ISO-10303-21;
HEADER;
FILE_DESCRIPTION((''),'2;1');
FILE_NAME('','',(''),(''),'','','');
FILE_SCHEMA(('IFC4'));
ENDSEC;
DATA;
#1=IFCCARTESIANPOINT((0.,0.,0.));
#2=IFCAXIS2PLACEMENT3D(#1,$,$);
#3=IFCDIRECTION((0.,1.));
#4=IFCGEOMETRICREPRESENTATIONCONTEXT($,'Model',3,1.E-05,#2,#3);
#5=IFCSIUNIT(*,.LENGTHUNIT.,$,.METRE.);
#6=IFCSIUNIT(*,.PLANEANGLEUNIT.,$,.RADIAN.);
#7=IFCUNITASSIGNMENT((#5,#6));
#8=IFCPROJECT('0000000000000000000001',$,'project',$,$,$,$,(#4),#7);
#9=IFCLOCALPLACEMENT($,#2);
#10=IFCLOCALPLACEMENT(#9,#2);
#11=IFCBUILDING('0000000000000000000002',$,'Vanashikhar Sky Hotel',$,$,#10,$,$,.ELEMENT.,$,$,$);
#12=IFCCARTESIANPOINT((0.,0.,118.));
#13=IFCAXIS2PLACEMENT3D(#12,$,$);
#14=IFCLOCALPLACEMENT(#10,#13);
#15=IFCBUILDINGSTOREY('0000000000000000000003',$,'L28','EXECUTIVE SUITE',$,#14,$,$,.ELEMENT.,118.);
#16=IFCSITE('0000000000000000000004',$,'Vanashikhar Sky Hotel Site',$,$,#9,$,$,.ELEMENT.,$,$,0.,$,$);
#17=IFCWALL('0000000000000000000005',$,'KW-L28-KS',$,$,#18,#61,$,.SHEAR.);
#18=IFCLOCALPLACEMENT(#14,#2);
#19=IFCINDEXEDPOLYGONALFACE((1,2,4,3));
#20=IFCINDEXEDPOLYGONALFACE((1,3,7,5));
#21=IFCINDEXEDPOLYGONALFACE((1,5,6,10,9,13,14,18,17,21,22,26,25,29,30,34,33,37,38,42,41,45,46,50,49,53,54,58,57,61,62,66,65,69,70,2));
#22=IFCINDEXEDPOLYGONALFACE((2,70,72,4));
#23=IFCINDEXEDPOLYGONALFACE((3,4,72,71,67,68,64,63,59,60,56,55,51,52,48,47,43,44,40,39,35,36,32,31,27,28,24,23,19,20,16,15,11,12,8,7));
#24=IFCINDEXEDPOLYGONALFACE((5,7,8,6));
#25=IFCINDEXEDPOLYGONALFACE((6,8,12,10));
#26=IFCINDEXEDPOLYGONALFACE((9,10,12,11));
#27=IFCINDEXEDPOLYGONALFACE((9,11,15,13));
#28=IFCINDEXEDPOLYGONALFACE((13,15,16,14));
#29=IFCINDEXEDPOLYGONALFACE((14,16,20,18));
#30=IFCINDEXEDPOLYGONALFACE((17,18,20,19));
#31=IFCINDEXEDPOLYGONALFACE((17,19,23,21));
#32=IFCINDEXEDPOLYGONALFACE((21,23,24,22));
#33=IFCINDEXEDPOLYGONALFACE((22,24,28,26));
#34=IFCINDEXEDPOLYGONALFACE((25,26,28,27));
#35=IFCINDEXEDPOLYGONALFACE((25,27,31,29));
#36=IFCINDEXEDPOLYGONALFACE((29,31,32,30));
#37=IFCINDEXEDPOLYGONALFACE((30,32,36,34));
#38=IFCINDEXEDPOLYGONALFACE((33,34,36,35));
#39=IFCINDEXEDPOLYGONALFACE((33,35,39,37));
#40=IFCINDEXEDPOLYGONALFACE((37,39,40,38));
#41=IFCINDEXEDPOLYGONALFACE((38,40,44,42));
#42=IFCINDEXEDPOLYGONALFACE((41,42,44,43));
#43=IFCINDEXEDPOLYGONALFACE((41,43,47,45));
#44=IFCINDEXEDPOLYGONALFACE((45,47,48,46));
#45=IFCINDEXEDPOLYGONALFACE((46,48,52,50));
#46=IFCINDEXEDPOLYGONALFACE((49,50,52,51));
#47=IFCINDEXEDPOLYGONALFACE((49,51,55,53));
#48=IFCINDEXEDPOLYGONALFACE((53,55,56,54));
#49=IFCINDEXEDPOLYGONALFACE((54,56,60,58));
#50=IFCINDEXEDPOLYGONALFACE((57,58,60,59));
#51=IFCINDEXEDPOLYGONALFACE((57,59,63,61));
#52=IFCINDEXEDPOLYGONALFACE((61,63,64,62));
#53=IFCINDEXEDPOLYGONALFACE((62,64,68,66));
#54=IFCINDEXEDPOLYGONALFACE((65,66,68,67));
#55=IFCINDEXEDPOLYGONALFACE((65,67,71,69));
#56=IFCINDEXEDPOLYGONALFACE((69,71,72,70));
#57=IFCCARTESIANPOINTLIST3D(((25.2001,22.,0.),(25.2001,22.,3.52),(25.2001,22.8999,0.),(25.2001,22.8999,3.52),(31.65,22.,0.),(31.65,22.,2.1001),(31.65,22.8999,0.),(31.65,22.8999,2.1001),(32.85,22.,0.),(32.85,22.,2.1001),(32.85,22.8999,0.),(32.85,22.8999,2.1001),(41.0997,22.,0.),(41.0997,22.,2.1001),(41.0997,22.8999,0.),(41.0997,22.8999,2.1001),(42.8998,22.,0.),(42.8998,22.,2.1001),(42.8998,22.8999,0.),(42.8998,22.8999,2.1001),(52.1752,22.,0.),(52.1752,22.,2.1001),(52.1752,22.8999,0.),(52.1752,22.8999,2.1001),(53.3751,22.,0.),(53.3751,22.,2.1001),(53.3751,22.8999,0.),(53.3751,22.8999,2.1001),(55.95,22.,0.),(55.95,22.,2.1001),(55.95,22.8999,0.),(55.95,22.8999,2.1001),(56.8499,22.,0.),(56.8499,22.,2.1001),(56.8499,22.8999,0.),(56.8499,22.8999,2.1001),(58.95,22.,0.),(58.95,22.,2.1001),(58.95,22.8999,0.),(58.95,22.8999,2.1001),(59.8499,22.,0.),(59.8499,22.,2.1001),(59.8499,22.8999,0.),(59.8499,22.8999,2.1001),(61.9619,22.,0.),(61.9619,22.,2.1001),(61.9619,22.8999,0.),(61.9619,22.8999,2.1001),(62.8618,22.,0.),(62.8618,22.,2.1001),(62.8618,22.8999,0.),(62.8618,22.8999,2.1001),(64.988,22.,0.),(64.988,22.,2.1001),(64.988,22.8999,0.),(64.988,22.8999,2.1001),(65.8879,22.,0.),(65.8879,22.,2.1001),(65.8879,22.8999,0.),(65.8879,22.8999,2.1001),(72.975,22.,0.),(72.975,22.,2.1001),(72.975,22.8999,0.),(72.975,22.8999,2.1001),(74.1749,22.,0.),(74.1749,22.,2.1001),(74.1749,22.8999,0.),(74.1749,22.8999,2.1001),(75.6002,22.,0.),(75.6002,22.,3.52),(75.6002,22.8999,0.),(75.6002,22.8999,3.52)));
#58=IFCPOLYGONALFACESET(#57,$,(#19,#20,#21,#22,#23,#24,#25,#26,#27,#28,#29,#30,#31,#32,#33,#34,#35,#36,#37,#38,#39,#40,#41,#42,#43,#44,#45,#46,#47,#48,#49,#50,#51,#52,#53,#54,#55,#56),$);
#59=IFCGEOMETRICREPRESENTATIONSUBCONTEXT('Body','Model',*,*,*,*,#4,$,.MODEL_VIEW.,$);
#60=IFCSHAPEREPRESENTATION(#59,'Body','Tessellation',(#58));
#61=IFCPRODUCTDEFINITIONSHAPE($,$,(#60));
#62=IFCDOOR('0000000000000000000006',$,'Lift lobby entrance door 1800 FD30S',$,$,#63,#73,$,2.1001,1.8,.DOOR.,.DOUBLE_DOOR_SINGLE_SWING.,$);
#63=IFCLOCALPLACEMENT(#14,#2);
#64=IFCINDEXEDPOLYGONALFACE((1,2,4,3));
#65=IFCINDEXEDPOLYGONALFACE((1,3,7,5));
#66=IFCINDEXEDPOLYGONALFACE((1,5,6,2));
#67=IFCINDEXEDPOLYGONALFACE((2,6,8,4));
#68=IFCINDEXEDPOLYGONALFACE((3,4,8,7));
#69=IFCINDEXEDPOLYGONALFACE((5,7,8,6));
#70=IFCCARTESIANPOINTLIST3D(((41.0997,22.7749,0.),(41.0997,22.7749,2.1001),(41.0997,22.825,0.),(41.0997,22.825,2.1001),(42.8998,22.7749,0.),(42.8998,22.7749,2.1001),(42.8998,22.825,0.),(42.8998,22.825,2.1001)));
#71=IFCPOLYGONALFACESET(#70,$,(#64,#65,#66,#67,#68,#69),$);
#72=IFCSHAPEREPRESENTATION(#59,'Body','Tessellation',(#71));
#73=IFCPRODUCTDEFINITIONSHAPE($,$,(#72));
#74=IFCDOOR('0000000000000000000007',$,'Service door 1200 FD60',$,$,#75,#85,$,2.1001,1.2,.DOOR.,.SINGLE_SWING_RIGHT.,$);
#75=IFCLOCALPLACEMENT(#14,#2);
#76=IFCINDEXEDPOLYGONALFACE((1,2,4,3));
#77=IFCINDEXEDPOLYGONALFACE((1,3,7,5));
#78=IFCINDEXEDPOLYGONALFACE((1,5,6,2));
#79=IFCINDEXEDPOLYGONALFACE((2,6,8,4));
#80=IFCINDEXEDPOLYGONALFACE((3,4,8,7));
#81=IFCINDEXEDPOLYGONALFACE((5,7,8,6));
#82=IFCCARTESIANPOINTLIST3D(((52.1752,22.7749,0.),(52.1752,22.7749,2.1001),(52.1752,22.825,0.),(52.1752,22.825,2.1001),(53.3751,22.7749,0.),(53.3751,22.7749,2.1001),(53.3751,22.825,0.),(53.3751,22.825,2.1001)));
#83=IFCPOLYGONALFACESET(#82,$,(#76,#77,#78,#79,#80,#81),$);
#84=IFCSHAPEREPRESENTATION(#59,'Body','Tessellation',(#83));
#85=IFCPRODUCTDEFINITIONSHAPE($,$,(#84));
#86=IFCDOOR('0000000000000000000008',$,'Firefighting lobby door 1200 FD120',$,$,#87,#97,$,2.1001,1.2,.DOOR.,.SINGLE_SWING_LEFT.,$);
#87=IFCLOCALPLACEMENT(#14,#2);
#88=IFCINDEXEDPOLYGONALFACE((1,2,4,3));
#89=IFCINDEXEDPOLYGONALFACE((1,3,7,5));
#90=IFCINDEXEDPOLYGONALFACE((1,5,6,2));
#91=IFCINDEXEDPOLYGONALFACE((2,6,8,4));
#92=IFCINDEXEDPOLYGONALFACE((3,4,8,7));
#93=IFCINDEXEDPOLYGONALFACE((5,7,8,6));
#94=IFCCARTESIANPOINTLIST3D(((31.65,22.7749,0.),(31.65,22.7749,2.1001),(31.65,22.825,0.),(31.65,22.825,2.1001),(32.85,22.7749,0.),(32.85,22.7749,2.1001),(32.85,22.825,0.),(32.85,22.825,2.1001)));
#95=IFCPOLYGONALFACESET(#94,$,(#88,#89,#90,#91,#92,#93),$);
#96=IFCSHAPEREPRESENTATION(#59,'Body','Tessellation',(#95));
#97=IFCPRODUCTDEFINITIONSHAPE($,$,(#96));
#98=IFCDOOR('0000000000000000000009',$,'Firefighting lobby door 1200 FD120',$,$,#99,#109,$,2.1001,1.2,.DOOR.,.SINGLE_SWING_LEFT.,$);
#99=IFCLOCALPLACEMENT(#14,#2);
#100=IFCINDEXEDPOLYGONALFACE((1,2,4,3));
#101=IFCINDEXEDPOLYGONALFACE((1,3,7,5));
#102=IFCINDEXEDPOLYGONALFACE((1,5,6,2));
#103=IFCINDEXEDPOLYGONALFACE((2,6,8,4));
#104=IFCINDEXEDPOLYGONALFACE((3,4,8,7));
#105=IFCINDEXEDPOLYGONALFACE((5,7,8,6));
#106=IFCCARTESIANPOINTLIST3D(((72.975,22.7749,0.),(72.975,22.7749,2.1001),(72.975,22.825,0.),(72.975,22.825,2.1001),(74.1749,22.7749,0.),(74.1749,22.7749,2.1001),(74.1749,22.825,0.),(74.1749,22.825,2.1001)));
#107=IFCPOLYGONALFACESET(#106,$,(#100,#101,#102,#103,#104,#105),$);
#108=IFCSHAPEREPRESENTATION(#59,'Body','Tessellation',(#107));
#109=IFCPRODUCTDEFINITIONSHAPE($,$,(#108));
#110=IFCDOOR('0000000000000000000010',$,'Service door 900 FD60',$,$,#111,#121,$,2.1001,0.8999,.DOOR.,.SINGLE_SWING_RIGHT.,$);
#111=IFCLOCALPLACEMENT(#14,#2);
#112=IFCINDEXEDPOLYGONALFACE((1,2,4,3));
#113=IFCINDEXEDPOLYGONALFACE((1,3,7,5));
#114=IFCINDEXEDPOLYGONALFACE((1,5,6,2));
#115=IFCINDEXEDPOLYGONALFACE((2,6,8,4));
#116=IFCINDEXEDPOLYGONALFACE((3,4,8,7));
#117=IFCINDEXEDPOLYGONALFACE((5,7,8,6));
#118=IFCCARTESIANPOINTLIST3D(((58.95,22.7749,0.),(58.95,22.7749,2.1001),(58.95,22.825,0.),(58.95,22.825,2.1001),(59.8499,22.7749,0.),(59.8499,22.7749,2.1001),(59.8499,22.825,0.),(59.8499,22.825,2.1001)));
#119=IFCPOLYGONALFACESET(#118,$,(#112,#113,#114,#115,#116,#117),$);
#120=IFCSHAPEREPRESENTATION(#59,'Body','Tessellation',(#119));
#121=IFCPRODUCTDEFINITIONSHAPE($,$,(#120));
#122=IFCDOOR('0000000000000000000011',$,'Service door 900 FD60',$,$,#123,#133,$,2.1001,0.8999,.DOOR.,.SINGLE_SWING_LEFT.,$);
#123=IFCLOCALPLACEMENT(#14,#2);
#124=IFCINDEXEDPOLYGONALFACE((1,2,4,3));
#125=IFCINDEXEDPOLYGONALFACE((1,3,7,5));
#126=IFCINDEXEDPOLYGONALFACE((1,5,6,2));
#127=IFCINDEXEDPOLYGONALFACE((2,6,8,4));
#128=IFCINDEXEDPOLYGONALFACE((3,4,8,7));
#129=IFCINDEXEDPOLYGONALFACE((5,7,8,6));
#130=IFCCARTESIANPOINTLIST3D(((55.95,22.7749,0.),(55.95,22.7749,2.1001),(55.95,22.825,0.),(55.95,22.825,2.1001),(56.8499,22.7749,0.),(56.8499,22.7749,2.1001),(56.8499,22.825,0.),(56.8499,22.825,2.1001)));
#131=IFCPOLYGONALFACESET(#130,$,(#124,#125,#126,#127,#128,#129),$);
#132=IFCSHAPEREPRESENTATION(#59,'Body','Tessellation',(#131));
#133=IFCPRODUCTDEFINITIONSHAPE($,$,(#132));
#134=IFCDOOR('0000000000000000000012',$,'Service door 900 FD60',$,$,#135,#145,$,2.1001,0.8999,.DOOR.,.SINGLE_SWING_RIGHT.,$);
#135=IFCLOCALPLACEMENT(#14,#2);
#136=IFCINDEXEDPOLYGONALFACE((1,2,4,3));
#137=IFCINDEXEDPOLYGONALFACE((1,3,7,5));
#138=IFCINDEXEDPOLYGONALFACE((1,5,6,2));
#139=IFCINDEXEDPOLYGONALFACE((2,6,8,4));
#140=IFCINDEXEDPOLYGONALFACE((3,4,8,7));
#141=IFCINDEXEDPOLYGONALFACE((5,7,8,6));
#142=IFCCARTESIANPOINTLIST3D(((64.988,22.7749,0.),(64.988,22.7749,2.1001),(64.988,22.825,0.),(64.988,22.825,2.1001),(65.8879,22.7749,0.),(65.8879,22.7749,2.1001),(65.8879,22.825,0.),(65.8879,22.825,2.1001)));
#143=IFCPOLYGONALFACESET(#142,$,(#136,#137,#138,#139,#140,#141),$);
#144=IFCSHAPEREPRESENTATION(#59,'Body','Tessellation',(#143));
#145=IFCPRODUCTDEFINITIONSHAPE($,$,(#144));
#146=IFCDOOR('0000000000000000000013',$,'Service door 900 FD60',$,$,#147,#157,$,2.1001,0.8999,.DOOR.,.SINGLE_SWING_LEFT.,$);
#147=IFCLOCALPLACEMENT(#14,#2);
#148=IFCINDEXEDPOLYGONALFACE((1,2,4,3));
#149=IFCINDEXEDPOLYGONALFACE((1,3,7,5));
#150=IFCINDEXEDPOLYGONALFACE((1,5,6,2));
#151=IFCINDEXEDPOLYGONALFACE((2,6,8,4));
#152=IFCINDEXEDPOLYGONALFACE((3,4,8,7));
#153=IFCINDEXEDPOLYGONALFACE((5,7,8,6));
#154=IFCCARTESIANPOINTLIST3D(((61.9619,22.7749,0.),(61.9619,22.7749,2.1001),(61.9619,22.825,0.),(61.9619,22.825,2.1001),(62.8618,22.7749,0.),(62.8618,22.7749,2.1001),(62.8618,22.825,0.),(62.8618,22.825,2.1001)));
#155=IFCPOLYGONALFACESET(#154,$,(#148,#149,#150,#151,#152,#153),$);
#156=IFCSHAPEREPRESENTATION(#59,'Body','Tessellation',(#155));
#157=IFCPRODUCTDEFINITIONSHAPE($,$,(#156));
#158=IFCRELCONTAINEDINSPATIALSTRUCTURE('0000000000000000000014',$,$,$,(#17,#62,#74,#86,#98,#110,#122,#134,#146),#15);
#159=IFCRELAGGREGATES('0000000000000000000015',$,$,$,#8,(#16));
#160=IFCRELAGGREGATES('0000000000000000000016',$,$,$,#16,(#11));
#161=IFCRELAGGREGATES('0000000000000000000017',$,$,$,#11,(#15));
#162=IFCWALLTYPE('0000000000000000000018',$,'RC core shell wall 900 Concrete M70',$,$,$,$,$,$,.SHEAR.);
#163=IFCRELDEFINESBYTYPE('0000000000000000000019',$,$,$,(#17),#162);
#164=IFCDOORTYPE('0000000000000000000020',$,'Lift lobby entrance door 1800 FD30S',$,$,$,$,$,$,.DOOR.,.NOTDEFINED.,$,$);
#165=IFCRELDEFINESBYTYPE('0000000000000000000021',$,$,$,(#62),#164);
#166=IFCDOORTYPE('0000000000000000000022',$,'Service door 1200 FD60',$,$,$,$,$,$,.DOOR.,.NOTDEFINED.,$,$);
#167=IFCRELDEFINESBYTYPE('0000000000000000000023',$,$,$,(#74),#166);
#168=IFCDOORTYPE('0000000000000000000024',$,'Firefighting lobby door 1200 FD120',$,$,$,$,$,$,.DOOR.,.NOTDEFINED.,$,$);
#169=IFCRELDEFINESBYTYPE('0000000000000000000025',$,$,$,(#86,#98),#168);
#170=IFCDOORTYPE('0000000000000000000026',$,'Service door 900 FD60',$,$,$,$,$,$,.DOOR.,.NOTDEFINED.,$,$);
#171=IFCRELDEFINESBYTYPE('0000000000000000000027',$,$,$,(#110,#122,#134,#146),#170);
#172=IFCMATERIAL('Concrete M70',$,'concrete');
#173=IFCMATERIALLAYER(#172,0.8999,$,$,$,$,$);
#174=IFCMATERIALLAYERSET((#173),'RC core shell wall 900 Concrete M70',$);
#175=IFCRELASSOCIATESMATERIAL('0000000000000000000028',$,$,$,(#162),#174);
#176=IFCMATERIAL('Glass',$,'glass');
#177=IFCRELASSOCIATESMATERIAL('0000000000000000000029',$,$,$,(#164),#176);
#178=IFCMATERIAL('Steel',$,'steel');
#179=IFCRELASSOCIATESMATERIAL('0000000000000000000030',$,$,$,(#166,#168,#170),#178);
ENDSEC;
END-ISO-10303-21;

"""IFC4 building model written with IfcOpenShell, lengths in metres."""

from ifc_helpers import new_model, si_unit, direction, frame, frame_2d, origin, place, context, subcontext, project, spatial, rectangle, extrude, source, transform, mapped, material, layer, layer_set, type_object, element, fill, save


model = new_model("IFC4")

# Units and contexts
model_context = context("Model", 3, precision=1e-05, world=origin(), true_north=direction((0.0, 1.0)))
body_context = subcontext(model_context, "Body", "Model", "MODEL_VIEW")
ifc_project = project(units=[si_unit("LENGTHUNIT", "METRE"), si_unit("PLANEANGLEUNIT", "RADIAN")], contexts=[model_context])

# Site, building, storey
site_placement = place(None, origin())
site = spatial("IfcSite", under=ifc_project, at=site_placement, Name="Vanashikhar Sky Hotel Site", CompositionType="ELEMENT", RefElevation=0.0)
building_placement = place(site_placement, origin())
building = spatial("IfcBuilding", under=site, at=building_placement, Name="Vanashikhar Sky Hotel", CompositionType="ELEMENT")
storey_placement = place(building_placement, frame((0.0, 0.0, 118.0)))
storey = spatial("IfcBuildingStorey", under=building, at=storey_placement, Name="L28", Description="EXECUTIVE SUITE", CompositionType="ELEMENT", Elevation=118.0)

# Wall, openings, doors
ifc_material_1 = material(Name="Concrete M70", Category="concrete")
ifc_layer_1 = layer(ifc_material_1, 0.8999)
ifc_layer_set_1 = layer_set([ifc_layer_1], Name="RC core shell wall 900 Concrete M70")
wall_type_1 = type_object("IfcWallType", Name="RC core shell wall 900 Concrete M70", PredefinedType="SHEAR", material=ifc_layer_set_1)
shared_shape_1 = source(origin(), body_context, "Body", "SweptSolid", [
    extrude(rectangle(XDim=50.4001, YDim=0.8999, at=frame_2d((25.2002, 0.0))), origin(), (0.0, 0.0, 1.0), 3.52),
])
wall_1_placement = place(storey_placement, frame((25.2, 22.45, 0.0), z_axis=(0.0, 0.0, 1.0), x_axis=(1.0, 0.0, 0.0)))
wall_1 = element("IfcWall", 1, at=wall_1_placement, inside=storey, type_object=wall_type_1, Name="KW-L28-KS", PredefinedType="SHEAR", context=body_context, shape_type="MappedRepresentation", body=[
    mapped(shared_shape_1, transform((0.0, 0.0, 0.0), scale=1.0)),
])
shared_shape_2 = source(origin(), body_context, "Body", "SweptSolid", [
    extrude(rectangle(XDim=1.8, YDim=2.1001, at=frame_2d((0.8999, 1.05))), frame((0.0, 0.46, 0.0), z_axis=(0.0, -1.0, 0.0), x_axis=(1.0, 0.0, 0.0)), (0.0, 0.0, 1.0), 0.9199),
])
opening_1_placement = place(wall_1_placement, frame((15.8999, 0.0, 0.0)))
opening_1 = element("IfcOpeningElement", 2, at=opening_1_placement, cuts=wall_1, PredefinedType="OPENING", context=body_context, shape_type="MappedRepresentation", body=[
    mapped(shared_shape_2, transform((0.0, 0.0, 0.0), scale=1.0)),
])
shared_shape_3 = source(origin(), body_context, "Body", "SweptSolid", [
    extrude(rectangle(XDim=1.2, YDim=2.1001, at=frame_2d((0.6001, 1.05))), frame((0.0, 0.46, 0.0), z_axis=(0.0, -1.0, 0.0), x_axis=(1.0, 0.0, 0.0)), (0.0, 0.0, 1.0), 0.9199),
])
opening_2_placement = place(wall_1_placement, frame((26.9751, 0.0, 0.0)))
opening_2 = element("IfcOpeningElement", 3, at=opening_2_placement, cuts=wall_1, PredefinedType="OPENING", context=body_context, shape_type="MappedRepresentation", body=[
    mapped(shared_shape_3, transform((0.0, 0.0, 0.0), scale=1.0)),
])
shared_shape_4 = source(origin(), body_context, "Body", "SweptSolid", [
    extrude(rectangle(XDim=0.8999, YDim=2.1001, at=frame_2d((0.45, 1.05))), frame((0.0, 0.46, 0.0), z_axis=(0.0, -1.0, 0.0), x_axis=(1.0, 0.0, 0.0)), (0.0, 0.0, 1.0), 0.9199),
])
opening_3_placement = place(wall_1_placement, frame((33.75, 0.0, 0.0)))
opening_3 = element("IfcOpeningElement", 4, at=opening_3_placement, cuts=wall_1, PredefinedType="OPENING", context=body_context, shape_type="MappedRepresentation", body=[
    mapped(shared_shape_4, transform((0.0, 0.0, 0.0), scale=1.0)),
])
opening_4_placement = place(wall_1_placement, frame((30.75, 0.0, 0.0)))
opening_4 = element("IfcOpeningElement", 5, at=opening_4_placement, cuts=wall_1, PredefinedType="OPENING", context=body_context, shape_type="MappedRepresentation", body=[
    mapped(shared_shape_4, transform((0.0, 0.0, 0.0), scale=1.0)),
])
opening_5_placement = place(wall_1_placement, frame((39.7881, 0.0, 0.0)))
opening_5 = element("IfcOpeningElement", 6, at=opening_5_placement, cuts=wall_1, PredefinedType="OPENING", context=body_context, shape_type="MappedRepresentation", body=[
    mapped(shared_shape_4, transform((0.0, 0.0, 0.0), scale=1.0)),
])
opening_6_placement = place(wall_1_placement, frame((36.762, 0.0, 0.0)))
opening_6 = element("IfcOpeningElement", 7, at=opening_6_placement, cuts=wall_1, PredefinedType="OPENING", context=body_context, shape_type="MappedRepresentation", body=[
    mapped(shared_shape_4, transform((0.0, 0.0, 0.0), scale=1.0)),
])
opening_7_placement = place(wall_1_placement, frame((6.45, 0.0, 0.0)))
opening_7 = element("IfcOpeningElement", 8, at=opening_7_placement, cuts=wall_1, PredefinedType="OPENING", context=body_context, shape_type="MappedRepresentation", body=[
    mapped(shared_shape_3, transform((0.0, 0.0, 0.0), scale=1.0)),
])
opening_8_placement = place(wall_1_placement, frame((47.7749, 0.0, 0.0)))
opening_8 = element("IfcOpeningElement", 9, at=opening_8_placement, cuts=wall_1, PredefinedType="OPENING", context=body_context, shape_type="MappedRepresentation", body=[
    mapped(shared_shape_3, transform((0.0, 0.0, 0.0), scale=1.0)),
])
ifc_material_2 = material(Name="Glass", Category="glass")
door_type_1 = type_object("IfcDoorType", Name="Lift lobby entrance door 1800 FD30S", OperationType="NOTDEFINED", PredefinedType="DOOR", material=ifc_material_2)
shared_shape_5 = source(origin(), body_context, "Body", "SweptSolid", [
    extrude(rectangle(XDim=1.8, YDim=2.1001, at=frame_2d((0.8999, 1.05))), frame((0.0, 0.375, 0.0), z_axis=(0.0, -1.0, 0.0), x_axis=(1.0, 0.0, 0.0)), (0.0, 0.0, 1.0), 0.05),
])
door_1_placement = place(opening_1_placement, origin())
door_1 = element("IfcDoor", 10, at=door_1_placement, inside=storey, type_object=door_type_1, Name="Lift lobby entrance door 1800 FD30S", OperationType="DOUBLE_DOOR_SINGLE_SWING", OverallHeight=2.1001, OverallWidth=1.8, PredefinedType="DOOR", context=body_context, shape_type="MappedRepresentation", body=[
    mapped(shared_shape_5, transform((0.0, 0.0, 0.0), scale=1.0)),
])
fill(opening_1, door_1)
ifc_material_3 = material(Name="Steel", Category="steel")
door_type_2 = type_object("IfcDoorType", Name="Service door 1200 FD60", OperationType="NOTDEFINED", PredefinedType="DOOR", material=ifc_material_3)
shared_shape_6 = source(origin(), body_context, "Body", "SweptSolid", [
    extrude(rectangle(XDim=1.2, YDim=2.1001, at=frame_2d((0.6001, 1.05))), frame((0.0, 0.375, 0.0), z_axis=(0.0, -1.0, 0.0), x_axis=(1.0, 0.0, 0.0)), (0.0, 0.0, 1.0), 0.05),
])
door_2_placement = place(opening_2_placement, origin())
door_2 = element("IfcDoor", 11, at=door_2_placement, inside=storey, type_object=door_type_2, Name="Service door 1200 FD60", OperationType="SINGLE_SWING_RIGHT", OverallHeight=2.1001, OverallWidth=1.2, PredefinedType="DOOR", context=body_context, shape_type="MappedRepresentation", body=[
    mapped(shared_shape_6, transform((0.0, 0.0, 0.0), scale=1.0)),
])
fill(opening_2, door_2)
door_type_3 = type_object("IfcDoorType", Name="Firefighting lobby door 1200 FD120", OperationType="NOTDEFINED", PredefinedType="DOOR", material=ifc_material_3)
door_3_placement = place(opening_7_placement, origin())
door_3 = element("IfcDoor", 12, at=door_3_placement, inside=storey, type_object=door_type_3, Name="Firefighting lobby door 1200 FD120", OperationType="SINGLE_SWING_LEFT", OverallHeight=2.1001, OverallWidth=1.2, PredefinedType="DOOR", context=body_context, shape_type="MappedRepresentation", body=[
    mapped(shared_shape_6, transform((0.0, 0.0, 0.0), scale=1.0)),
])
fill(opening_7, door_3)
door_4_placement = place(opening_8_placement, origin())
door_4 = element("IfcDoor", 13, at=door_4_placement, inside=storey, type_object=door_type_3, Name="Firefighting lobby door 1200 FD120", OperationType="SINGLE_SWING_LEFT", OverallHeight=2.1001, OverallWidth=1.2, PredefinedType="DOOR", context=body_context, shape_type="MappedRepresentation", body=[
    mapped(shared_shape_6, transform((0.0, 0.0, 0.0), scale=1.0)),
])
fill(opening_8, door_4)
door_type_4 = type_object("IfcDoorType", Name="Service door 900 FD60", OperationType="NOTDEFINED", PredefinedType="DOOR", material=ifc_material_3)
shared_shape_7 = source(origin(), body_context, "Body", "SweptSolid", [
    extrude(rectangle(XDim=0.8999, YDim=2.1001, at=frame_2d((0.45, 1.05))), frame((0.0, 0.375, 0.0), z_axis=(0.0, -1.0, 0.0), x_axis=(1.0, 0.0, 0.0)), (0.0, 0.0, 1.0), 0.05),
])
door_5_placement = place(opening_3_placement, origin())
door_5 = element("IfcDoor", 14, at=door_5_placement, inside=storey, type_object=door_type_4, Name="Service door 900 FD60", OperationType="SINGLE_SWING_RIGHT", OverallHeight=2.1001, OverallWidth=0.8999, PredefinedType="DOOR", context=body_context, shape_type="MappedRepresentation", body=[
    mapped(shared_shape_7, transform((0.0, 0.0, 0.0), scale=1.0)),
])
fill(opening_3, door_5)
door_6_placement = place(opening_4_placement, origin())
door_6 = element("IfcDoor", 15, at=door_6_placement, inside=storey, type_object=door_type_4, Name="Service door 900 FD60", OperationType="SINGLE_SWING_LEFT", OverallHeight=2.1001, OverallWidth=0.8999, PredefinedType="DOOR", context=body_context, shape_type="MappedRepresentation", body=[
    mapped(shared_shape_7, transform((0.0, 0.0, 0.0), scale=1.0)),
])
fill(opening_4, door_6)
door_7_placement = place(opening_5_placement, origin())
door_7 = element("IfcDoor", 16, at=door_7_placement, inside=storey, type_object=door_type_4, Name="Service door 900 FD60", OperationType="SINGLE_SWING_RIGHT", OverallHeight=2.1001, OverallWidth=0.8999, PredefinedType="DOOR", context=body_context, shape_type="MappedRepresentation", body=[
    mapped(shared_shape_7, transform((0.0, 0.0, 0.0), scale=1.0)),
])
fill(opening_5, door_7)
door_8_placement = place(opening_6_placement, origin())
door_8 = element("IfcDoor", 17, at=door_8_placement, inside=storey, type_object=door_type_4, Name="Service door 900 FD60", OperationType="SINGLE_SWING_LEFT", OverallHeight=2.1001, OverallWidth=0.8999, PredefinedType="DOOR", context=body_context, shape_type="MappedRepresentation", body=[
    mapped(shared_shape_7, transform((0.0, 0.0, 0.0), scale=1.0)),
])
fill(opening_6, door_8)

save(model, "model.ifc")
